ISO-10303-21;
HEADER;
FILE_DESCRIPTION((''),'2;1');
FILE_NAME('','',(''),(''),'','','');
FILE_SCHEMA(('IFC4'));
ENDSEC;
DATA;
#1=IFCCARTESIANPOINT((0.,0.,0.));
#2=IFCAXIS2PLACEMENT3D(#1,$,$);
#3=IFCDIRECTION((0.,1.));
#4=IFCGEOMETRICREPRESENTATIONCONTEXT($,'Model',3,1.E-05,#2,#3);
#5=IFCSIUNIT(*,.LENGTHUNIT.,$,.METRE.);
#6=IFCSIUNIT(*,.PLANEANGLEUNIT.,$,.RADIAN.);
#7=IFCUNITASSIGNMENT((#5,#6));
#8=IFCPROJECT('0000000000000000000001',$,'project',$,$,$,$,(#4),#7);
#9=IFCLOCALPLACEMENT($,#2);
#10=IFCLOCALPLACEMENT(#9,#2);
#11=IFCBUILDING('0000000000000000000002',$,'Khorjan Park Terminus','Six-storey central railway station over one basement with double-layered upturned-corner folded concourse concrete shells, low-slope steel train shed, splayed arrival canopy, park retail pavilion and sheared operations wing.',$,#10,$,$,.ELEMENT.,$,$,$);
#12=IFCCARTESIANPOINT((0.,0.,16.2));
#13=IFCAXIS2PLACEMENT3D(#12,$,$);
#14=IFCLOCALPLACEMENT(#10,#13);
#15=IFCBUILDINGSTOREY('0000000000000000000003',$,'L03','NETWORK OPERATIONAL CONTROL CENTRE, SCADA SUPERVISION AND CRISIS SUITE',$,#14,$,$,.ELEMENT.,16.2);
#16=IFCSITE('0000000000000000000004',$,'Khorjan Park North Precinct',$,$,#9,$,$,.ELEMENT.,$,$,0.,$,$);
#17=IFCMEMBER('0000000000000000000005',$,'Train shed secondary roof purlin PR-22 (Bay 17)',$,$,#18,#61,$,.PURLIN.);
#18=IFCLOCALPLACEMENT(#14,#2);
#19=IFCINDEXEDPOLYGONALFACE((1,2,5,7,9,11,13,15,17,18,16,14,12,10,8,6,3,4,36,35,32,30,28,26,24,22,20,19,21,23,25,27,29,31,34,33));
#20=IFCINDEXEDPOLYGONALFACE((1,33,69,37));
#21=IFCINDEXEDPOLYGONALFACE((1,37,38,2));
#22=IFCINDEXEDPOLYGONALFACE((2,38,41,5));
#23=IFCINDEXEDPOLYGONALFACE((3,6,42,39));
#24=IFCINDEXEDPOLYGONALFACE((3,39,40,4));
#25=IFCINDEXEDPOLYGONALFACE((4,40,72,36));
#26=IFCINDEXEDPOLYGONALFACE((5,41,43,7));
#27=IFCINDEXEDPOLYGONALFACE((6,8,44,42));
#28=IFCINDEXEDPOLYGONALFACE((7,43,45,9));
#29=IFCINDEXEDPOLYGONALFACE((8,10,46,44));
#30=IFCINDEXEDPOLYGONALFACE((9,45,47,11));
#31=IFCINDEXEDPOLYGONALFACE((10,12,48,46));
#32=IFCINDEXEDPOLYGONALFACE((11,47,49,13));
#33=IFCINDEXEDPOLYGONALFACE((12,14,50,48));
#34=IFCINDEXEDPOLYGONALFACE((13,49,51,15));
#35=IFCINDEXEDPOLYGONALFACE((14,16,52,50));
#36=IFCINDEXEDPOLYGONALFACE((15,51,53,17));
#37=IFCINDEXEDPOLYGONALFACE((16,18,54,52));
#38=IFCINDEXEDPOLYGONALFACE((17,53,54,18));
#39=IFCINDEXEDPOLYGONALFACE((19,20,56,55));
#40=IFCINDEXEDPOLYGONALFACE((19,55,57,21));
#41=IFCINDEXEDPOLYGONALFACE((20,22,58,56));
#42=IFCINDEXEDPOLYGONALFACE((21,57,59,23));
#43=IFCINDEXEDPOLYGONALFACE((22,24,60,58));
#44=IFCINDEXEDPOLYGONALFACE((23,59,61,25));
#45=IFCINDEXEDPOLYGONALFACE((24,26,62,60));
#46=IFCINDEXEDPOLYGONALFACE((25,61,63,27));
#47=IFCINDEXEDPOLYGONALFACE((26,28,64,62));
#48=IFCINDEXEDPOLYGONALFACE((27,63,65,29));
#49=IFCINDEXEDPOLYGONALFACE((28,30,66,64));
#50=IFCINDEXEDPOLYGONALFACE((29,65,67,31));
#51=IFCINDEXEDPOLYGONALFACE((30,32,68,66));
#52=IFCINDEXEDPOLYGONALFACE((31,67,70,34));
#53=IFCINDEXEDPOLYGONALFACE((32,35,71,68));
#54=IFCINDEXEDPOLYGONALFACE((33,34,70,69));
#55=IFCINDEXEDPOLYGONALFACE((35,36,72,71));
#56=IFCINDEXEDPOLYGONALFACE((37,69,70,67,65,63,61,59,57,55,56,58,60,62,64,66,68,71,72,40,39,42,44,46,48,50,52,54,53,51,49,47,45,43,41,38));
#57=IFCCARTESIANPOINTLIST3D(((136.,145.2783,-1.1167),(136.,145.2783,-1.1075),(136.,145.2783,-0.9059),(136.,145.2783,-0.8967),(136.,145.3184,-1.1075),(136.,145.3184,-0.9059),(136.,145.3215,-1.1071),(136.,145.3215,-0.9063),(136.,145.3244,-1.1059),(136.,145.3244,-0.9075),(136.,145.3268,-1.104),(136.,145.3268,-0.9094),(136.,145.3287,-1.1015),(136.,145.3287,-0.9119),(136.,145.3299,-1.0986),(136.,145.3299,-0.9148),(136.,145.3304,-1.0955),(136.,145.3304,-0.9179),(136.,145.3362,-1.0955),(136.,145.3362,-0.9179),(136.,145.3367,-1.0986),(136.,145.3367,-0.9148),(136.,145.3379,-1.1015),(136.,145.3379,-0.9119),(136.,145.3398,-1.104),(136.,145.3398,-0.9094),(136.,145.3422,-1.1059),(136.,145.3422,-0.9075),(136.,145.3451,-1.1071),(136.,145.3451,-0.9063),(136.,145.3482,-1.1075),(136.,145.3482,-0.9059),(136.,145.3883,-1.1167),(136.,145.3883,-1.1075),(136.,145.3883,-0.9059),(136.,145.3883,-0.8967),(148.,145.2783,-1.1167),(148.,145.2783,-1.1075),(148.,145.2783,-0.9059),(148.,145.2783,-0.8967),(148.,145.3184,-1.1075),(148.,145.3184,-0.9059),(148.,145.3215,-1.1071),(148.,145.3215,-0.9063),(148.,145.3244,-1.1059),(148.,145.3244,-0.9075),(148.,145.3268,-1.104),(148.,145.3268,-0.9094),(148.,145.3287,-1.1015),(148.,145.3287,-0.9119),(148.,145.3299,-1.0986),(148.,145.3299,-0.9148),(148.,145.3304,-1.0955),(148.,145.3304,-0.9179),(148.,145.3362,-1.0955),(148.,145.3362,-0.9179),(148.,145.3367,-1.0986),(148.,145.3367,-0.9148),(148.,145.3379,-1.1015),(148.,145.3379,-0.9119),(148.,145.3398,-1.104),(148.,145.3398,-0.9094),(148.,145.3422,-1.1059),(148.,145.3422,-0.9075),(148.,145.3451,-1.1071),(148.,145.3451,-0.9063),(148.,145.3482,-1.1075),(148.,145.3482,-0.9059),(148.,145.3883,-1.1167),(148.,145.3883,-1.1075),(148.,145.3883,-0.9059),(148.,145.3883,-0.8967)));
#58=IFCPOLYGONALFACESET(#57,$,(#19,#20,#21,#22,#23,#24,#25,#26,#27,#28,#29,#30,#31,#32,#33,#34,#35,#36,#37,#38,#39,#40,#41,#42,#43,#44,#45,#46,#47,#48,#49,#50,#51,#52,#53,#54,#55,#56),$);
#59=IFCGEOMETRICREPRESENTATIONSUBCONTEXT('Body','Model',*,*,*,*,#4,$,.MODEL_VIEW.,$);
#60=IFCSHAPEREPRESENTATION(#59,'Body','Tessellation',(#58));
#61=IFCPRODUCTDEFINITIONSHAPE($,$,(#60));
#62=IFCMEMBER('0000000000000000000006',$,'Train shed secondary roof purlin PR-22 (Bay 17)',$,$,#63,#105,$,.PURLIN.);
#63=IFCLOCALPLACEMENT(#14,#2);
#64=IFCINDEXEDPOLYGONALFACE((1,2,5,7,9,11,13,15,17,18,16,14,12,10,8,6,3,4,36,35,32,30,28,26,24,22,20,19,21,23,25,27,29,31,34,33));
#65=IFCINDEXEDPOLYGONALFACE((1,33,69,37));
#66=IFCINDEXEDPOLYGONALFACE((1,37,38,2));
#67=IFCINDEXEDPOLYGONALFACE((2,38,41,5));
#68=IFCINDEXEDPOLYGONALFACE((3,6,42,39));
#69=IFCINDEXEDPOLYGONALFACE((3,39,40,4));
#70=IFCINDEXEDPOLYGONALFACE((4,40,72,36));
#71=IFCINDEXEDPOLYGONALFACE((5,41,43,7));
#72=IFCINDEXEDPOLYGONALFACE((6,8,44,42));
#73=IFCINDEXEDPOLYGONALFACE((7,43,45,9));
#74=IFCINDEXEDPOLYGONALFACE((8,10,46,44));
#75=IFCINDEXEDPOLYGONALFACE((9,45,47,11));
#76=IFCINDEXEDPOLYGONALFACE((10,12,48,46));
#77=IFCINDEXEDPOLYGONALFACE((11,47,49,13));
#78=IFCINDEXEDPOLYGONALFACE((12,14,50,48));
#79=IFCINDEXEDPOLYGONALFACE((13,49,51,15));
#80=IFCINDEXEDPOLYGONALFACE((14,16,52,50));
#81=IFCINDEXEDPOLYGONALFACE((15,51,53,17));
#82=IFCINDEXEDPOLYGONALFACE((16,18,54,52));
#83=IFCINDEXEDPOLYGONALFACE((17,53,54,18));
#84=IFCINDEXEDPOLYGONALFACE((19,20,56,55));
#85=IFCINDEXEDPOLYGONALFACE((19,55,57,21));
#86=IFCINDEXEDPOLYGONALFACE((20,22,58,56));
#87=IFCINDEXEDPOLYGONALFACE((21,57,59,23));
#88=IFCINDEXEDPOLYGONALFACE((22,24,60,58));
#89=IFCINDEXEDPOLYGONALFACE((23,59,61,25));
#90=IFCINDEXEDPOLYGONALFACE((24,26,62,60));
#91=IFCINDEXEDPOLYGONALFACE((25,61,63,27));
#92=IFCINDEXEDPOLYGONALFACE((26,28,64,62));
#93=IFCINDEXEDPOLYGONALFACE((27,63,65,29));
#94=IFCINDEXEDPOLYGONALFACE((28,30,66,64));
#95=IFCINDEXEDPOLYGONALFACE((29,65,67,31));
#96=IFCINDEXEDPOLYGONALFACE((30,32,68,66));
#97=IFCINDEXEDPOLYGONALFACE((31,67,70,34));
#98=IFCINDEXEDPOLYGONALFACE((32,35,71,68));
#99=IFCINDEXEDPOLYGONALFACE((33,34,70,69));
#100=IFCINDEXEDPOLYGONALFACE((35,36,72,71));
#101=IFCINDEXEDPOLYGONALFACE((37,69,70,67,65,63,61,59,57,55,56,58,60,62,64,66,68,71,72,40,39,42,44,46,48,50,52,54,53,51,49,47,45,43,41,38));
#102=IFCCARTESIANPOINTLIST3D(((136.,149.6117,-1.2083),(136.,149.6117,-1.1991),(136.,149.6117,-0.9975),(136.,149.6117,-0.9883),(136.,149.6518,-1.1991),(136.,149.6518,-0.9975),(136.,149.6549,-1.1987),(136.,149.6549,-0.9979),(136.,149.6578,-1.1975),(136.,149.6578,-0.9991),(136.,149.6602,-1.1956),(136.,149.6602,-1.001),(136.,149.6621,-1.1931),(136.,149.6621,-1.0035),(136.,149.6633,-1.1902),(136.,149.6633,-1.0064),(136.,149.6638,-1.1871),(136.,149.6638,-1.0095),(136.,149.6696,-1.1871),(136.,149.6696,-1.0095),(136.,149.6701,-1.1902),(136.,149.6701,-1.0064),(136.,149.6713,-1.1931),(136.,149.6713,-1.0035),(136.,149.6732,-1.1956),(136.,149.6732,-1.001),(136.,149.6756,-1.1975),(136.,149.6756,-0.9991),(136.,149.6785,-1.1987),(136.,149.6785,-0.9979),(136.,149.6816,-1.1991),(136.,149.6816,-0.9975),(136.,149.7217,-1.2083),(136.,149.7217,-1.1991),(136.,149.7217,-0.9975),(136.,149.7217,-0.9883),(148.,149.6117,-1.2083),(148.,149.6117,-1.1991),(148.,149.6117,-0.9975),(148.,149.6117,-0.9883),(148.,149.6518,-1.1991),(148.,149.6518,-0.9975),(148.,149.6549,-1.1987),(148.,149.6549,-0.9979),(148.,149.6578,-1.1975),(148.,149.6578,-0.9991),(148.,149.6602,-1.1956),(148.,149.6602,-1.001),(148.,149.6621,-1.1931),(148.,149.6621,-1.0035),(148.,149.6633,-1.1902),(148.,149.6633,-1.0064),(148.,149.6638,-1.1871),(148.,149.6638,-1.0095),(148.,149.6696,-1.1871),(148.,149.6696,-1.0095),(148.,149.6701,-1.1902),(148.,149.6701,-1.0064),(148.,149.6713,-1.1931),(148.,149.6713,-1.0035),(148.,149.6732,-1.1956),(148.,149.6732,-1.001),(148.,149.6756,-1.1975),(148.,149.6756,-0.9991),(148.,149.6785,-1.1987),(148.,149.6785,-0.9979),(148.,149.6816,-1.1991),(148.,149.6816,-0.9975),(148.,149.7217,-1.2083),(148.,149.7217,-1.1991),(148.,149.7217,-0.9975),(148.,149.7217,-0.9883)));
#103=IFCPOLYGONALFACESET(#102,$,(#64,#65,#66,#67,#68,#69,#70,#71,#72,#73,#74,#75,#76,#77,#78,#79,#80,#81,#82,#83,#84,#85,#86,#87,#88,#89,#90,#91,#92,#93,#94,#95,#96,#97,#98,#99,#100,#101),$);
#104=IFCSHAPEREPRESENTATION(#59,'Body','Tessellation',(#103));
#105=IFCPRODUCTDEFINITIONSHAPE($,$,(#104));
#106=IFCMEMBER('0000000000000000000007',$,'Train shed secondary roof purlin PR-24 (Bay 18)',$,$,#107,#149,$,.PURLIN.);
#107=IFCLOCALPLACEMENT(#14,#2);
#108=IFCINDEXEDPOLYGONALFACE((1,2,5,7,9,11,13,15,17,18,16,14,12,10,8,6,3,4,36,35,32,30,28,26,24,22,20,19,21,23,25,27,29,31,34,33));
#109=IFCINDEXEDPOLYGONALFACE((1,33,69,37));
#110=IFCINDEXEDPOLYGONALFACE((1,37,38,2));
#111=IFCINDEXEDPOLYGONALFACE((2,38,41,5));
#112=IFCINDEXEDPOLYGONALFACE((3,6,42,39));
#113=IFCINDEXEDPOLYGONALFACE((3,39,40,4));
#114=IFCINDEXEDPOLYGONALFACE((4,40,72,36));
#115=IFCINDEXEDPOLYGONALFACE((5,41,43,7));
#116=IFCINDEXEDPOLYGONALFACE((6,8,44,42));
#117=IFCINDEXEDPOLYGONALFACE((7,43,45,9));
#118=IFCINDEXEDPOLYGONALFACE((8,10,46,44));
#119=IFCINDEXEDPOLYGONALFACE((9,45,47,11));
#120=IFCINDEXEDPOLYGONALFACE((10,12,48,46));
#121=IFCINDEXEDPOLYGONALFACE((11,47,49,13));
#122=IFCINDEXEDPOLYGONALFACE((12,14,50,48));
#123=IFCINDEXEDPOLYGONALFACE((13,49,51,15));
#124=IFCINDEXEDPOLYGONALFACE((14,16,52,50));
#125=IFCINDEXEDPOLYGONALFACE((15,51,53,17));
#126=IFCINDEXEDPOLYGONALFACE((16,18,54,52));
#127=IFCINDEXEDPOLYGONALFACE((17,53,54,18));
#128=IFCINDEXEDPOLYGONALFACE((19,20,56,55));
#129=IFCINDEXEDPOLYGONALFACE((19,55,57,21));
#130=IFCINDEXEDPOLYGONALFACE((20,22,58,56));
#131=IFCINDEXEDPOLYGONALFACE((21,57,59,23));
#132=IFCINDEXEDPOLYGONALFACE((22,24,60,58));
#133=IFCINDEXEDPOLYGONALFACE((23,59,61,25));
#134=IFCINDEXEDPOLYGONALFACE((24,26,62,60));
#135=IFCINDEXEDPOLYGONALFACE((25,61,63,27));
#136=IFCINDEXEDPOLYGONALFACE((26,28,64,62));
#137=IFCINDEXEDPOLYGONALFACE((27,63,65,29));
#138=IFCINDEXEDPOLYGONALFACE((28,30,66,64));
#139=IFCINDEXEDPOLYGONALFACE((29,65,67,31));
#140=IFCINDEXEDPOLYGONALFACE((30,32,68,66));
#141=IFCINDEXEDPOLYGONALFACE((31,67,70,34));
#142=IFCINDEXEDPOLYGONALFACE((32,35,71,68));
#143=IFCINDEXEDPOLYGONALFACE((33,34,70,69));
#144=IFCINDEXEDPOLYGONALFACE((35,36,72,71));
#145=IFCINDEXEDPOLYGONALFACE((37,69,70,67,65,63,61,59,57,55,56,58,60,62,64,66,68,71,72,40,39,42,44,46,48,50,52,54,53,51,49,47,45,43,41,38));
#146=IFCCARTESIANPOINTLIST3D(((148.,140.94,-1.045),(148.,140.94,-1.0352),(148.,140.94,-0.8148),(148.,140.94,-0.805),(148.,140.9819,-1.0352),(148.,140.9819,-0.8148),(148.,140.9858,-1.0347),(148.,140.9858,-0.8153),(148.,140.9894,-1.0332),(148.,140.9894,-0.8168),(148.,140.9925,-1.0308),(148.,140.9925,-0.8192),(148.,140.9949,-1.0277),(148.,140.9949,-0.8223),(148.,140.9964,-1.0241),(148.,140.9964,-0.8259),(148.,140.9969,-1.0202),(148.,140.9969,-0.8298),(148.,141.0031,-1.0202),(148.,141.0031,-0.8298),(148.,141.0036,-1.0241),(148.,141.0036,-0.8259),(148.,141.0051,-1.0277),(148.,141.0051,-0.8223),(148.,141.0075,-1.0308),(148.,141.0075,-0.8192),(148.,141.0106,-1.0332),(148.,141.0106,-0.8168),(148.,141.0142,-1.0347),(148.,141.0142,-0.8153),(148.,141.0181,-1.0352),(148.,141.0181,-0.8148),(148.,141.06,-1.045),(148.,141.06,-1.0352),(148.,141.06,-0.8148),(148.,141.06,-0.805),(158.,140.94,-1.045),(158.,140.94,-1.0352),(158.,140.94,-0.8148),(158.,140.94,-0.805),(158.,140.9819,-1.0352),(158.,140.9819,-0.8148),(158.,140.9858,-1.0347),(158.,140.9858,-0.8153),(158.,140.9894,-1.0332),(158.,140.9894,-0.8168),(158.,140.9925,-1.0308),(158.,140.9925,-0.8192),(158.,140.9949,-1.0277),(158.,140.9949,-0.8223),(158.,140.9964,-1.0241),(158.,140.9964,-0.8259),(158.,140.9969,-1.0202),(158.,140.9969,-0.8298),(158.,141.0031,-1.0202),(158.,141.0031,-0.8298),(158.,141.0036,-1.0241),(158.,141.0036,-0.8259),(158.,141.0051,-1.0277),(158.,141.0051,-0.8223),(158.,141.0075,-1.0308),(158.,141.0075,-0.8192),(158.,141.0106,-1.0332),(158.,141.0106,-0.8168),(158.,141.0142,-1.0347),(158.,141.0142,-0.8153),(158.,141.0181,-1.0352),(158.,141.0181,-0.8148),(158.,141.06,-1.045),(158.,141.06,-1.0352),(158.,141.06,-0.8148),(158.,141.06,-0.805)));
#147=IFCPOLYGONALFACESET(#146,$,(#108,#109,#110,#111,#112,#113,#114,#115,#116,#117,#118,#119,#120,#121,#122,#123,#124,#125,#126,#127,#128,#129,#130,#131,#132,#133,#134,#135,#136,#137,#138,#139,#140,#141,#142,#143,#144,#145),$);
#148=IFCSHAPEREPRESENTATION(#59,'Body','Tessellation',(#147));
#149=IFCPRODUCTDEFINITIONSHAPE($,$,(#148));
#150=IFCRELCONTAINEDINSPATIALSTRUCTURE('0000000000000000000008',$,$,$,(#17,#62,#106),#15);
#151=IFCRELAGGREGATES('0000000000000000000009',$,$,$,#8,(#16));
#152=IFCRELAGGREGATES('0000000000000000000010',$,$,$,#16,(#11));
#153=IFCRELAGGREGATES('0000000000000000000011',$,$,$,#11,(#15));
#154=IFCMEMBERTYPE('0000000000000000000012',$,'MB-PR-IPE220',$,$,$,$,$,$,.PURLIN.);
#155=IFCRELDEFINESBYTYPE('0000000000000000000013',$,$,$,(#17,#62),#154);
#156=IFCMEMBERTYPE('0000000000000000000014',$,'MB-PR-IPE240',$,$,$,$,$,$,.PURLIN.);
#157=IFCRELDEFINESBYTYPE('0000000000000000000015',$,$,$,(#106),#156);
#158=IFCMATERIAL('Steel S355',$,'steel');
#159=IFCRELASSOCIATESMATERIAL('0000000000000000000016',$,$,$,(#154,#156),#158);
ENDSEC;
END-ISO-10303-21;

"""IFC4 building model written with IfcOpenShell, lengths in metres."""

from ifc_helpers import new_model, si_unit, direction, frame, origin, origin_2d, place, context, subcontext, project, spatial, i_section, extrude, material, material_profile, profile_set, type_object, element, save


model = new_model("IFC4")

# Units and contexts
model_context = context("Model", 3, precision=1e-05, world=origin(), true_north=direction((0.0, 1.0)))
body_context = subcontext(model_context, "Body", "Model", "MODEL_VIEW")
ifc_project = project(units=[si_unit("LENGTHUNIT", "METRE"), si_unit("PLANEANGLEUNIT", "RADIAN")], contexts=[model_context])

# Site, building, storey
site_placement = place(None, origin())
site = spatial("IfcSite", under=ifc_project, at=site_placement, Name="Khorjan Park North Precinct", CompositionType="ELEMENT", RefElevation=0.0)
building_placement = place(site_placement, origin())
building = spatial("IfcBuilding", under=site, at=building_placement, Name="Khorjan Park Terminus", Description="Six-storey central railway station over one basement with double-layered upturned-corner folded concourse concrete shells, low-slope steel train shed, splayed arrival canopy, park retail pavilion and sheared operations wing.", CompositionType="ELEMENT")
storey_placement = place(building_placement, frame((0.0, 0.0, 16.2)))
storey = spatial("IfcBuildingStorey", under=building, at=storey_placement, Name="L03", Description="NETWORK OPERATIONAL CONTROL CENTRE, SCADA SUPERVISION AND CRISIS SUITE", CompositionType="ELEMENT", Elevation=16.2)

# Members
ifc_material = material(Name="Steel S355", Category="steel")
ifc_material_profile_1 = material_profile(ifc_material, i_section(OverallWidth=0.11, OverallDepth=0.22, WebThickness=0.0059, FlangeThickness=0.0092, FilletRadius=0.012, at=origin_2d()), Name="IPE 220")
ifc_profile_set_1 = profile_set([ifc_material_profile_1], Name="Steel S355")
member_type_1 = type_object("IfcMemberType", Name="MB-PR-IPE220", PredefinedType="PURLIN", material=ifc_profile_set_1)
for number, where, z_axis, x_axis, name in (
    (1, (136.0, 145.3333, -1.0067), (1.0, 0.0, 0.0), (0.0, 1.0, 0.0), "Train shed secondary roof purlin PR-22 (Bay 17)"),
    (2, (136.0, 149.6667, -1.0983), (1.0, 0.0, 0.0), (0.0, 1.0, 0.0), "Train shed secondary roof purlin PR-22 (Bay 17)"),
):
    element("IfcMember", number, at=place(storey_placement, frame(where, z_axis=z_axis, x_axis=x_axis)), inside=storey, type_object=member_type_1, Name=name, PredefinedType="PURLIN", context=body_context, shape_type="SweptSolid", body=[
        extrude(i_section(OverallWidth=0.11, OverallDepth=0.22, WebThickness=0.0059, FlangeThickness=0.0092, FilletRadius=0.012, at=origin_2d()), origin(), (0.0, 0.0, 1.0), 12.0),
    ])
ifc_material_profile_2 = material_profile(ifc_material, i_section(OverallWidth=0.12, OverallDepth=0.24, WebThickness=0.0062, FlangeThickness=0.0098, FilletRadius=0.015, at=origin_2d()), Name="IPE 240")
ifc_profile_set_2 = profile_set([ifc_material_profile_2], Name="Steel S355")
member_type_2 = type_object("IfcMemberType", Name="MB-PR-IPE240", PredefinedType="PURLIN", material=ifc_profile_set_2)
member_1_placement = place(storey_placement, frame((148.0, 141.0, -0.925), z_axis=(1.0, 0.0, 0.0), x_axis=(0.0, 1.0, 0.0)))
element("IfcMember", 3, at=member_1_placement, inside=storey, type_object=member_type_2, Name="Train shed secondary roof purlin PR-24 (Bay 18)", PredefinedType="PURLIN", context=body_context, shape_type="SweptSolid", body=[
    extrude(i_section(OverallWidth=0.12, OverallDepth=0.24, WebThickness=0.0062, FlangeThickness=0.0098, FilletRadius=0.015, at=origin_2d()), origin(), (0.0, 0.0, 1.0), 10.0),
])

save(model, "model.ifc")
